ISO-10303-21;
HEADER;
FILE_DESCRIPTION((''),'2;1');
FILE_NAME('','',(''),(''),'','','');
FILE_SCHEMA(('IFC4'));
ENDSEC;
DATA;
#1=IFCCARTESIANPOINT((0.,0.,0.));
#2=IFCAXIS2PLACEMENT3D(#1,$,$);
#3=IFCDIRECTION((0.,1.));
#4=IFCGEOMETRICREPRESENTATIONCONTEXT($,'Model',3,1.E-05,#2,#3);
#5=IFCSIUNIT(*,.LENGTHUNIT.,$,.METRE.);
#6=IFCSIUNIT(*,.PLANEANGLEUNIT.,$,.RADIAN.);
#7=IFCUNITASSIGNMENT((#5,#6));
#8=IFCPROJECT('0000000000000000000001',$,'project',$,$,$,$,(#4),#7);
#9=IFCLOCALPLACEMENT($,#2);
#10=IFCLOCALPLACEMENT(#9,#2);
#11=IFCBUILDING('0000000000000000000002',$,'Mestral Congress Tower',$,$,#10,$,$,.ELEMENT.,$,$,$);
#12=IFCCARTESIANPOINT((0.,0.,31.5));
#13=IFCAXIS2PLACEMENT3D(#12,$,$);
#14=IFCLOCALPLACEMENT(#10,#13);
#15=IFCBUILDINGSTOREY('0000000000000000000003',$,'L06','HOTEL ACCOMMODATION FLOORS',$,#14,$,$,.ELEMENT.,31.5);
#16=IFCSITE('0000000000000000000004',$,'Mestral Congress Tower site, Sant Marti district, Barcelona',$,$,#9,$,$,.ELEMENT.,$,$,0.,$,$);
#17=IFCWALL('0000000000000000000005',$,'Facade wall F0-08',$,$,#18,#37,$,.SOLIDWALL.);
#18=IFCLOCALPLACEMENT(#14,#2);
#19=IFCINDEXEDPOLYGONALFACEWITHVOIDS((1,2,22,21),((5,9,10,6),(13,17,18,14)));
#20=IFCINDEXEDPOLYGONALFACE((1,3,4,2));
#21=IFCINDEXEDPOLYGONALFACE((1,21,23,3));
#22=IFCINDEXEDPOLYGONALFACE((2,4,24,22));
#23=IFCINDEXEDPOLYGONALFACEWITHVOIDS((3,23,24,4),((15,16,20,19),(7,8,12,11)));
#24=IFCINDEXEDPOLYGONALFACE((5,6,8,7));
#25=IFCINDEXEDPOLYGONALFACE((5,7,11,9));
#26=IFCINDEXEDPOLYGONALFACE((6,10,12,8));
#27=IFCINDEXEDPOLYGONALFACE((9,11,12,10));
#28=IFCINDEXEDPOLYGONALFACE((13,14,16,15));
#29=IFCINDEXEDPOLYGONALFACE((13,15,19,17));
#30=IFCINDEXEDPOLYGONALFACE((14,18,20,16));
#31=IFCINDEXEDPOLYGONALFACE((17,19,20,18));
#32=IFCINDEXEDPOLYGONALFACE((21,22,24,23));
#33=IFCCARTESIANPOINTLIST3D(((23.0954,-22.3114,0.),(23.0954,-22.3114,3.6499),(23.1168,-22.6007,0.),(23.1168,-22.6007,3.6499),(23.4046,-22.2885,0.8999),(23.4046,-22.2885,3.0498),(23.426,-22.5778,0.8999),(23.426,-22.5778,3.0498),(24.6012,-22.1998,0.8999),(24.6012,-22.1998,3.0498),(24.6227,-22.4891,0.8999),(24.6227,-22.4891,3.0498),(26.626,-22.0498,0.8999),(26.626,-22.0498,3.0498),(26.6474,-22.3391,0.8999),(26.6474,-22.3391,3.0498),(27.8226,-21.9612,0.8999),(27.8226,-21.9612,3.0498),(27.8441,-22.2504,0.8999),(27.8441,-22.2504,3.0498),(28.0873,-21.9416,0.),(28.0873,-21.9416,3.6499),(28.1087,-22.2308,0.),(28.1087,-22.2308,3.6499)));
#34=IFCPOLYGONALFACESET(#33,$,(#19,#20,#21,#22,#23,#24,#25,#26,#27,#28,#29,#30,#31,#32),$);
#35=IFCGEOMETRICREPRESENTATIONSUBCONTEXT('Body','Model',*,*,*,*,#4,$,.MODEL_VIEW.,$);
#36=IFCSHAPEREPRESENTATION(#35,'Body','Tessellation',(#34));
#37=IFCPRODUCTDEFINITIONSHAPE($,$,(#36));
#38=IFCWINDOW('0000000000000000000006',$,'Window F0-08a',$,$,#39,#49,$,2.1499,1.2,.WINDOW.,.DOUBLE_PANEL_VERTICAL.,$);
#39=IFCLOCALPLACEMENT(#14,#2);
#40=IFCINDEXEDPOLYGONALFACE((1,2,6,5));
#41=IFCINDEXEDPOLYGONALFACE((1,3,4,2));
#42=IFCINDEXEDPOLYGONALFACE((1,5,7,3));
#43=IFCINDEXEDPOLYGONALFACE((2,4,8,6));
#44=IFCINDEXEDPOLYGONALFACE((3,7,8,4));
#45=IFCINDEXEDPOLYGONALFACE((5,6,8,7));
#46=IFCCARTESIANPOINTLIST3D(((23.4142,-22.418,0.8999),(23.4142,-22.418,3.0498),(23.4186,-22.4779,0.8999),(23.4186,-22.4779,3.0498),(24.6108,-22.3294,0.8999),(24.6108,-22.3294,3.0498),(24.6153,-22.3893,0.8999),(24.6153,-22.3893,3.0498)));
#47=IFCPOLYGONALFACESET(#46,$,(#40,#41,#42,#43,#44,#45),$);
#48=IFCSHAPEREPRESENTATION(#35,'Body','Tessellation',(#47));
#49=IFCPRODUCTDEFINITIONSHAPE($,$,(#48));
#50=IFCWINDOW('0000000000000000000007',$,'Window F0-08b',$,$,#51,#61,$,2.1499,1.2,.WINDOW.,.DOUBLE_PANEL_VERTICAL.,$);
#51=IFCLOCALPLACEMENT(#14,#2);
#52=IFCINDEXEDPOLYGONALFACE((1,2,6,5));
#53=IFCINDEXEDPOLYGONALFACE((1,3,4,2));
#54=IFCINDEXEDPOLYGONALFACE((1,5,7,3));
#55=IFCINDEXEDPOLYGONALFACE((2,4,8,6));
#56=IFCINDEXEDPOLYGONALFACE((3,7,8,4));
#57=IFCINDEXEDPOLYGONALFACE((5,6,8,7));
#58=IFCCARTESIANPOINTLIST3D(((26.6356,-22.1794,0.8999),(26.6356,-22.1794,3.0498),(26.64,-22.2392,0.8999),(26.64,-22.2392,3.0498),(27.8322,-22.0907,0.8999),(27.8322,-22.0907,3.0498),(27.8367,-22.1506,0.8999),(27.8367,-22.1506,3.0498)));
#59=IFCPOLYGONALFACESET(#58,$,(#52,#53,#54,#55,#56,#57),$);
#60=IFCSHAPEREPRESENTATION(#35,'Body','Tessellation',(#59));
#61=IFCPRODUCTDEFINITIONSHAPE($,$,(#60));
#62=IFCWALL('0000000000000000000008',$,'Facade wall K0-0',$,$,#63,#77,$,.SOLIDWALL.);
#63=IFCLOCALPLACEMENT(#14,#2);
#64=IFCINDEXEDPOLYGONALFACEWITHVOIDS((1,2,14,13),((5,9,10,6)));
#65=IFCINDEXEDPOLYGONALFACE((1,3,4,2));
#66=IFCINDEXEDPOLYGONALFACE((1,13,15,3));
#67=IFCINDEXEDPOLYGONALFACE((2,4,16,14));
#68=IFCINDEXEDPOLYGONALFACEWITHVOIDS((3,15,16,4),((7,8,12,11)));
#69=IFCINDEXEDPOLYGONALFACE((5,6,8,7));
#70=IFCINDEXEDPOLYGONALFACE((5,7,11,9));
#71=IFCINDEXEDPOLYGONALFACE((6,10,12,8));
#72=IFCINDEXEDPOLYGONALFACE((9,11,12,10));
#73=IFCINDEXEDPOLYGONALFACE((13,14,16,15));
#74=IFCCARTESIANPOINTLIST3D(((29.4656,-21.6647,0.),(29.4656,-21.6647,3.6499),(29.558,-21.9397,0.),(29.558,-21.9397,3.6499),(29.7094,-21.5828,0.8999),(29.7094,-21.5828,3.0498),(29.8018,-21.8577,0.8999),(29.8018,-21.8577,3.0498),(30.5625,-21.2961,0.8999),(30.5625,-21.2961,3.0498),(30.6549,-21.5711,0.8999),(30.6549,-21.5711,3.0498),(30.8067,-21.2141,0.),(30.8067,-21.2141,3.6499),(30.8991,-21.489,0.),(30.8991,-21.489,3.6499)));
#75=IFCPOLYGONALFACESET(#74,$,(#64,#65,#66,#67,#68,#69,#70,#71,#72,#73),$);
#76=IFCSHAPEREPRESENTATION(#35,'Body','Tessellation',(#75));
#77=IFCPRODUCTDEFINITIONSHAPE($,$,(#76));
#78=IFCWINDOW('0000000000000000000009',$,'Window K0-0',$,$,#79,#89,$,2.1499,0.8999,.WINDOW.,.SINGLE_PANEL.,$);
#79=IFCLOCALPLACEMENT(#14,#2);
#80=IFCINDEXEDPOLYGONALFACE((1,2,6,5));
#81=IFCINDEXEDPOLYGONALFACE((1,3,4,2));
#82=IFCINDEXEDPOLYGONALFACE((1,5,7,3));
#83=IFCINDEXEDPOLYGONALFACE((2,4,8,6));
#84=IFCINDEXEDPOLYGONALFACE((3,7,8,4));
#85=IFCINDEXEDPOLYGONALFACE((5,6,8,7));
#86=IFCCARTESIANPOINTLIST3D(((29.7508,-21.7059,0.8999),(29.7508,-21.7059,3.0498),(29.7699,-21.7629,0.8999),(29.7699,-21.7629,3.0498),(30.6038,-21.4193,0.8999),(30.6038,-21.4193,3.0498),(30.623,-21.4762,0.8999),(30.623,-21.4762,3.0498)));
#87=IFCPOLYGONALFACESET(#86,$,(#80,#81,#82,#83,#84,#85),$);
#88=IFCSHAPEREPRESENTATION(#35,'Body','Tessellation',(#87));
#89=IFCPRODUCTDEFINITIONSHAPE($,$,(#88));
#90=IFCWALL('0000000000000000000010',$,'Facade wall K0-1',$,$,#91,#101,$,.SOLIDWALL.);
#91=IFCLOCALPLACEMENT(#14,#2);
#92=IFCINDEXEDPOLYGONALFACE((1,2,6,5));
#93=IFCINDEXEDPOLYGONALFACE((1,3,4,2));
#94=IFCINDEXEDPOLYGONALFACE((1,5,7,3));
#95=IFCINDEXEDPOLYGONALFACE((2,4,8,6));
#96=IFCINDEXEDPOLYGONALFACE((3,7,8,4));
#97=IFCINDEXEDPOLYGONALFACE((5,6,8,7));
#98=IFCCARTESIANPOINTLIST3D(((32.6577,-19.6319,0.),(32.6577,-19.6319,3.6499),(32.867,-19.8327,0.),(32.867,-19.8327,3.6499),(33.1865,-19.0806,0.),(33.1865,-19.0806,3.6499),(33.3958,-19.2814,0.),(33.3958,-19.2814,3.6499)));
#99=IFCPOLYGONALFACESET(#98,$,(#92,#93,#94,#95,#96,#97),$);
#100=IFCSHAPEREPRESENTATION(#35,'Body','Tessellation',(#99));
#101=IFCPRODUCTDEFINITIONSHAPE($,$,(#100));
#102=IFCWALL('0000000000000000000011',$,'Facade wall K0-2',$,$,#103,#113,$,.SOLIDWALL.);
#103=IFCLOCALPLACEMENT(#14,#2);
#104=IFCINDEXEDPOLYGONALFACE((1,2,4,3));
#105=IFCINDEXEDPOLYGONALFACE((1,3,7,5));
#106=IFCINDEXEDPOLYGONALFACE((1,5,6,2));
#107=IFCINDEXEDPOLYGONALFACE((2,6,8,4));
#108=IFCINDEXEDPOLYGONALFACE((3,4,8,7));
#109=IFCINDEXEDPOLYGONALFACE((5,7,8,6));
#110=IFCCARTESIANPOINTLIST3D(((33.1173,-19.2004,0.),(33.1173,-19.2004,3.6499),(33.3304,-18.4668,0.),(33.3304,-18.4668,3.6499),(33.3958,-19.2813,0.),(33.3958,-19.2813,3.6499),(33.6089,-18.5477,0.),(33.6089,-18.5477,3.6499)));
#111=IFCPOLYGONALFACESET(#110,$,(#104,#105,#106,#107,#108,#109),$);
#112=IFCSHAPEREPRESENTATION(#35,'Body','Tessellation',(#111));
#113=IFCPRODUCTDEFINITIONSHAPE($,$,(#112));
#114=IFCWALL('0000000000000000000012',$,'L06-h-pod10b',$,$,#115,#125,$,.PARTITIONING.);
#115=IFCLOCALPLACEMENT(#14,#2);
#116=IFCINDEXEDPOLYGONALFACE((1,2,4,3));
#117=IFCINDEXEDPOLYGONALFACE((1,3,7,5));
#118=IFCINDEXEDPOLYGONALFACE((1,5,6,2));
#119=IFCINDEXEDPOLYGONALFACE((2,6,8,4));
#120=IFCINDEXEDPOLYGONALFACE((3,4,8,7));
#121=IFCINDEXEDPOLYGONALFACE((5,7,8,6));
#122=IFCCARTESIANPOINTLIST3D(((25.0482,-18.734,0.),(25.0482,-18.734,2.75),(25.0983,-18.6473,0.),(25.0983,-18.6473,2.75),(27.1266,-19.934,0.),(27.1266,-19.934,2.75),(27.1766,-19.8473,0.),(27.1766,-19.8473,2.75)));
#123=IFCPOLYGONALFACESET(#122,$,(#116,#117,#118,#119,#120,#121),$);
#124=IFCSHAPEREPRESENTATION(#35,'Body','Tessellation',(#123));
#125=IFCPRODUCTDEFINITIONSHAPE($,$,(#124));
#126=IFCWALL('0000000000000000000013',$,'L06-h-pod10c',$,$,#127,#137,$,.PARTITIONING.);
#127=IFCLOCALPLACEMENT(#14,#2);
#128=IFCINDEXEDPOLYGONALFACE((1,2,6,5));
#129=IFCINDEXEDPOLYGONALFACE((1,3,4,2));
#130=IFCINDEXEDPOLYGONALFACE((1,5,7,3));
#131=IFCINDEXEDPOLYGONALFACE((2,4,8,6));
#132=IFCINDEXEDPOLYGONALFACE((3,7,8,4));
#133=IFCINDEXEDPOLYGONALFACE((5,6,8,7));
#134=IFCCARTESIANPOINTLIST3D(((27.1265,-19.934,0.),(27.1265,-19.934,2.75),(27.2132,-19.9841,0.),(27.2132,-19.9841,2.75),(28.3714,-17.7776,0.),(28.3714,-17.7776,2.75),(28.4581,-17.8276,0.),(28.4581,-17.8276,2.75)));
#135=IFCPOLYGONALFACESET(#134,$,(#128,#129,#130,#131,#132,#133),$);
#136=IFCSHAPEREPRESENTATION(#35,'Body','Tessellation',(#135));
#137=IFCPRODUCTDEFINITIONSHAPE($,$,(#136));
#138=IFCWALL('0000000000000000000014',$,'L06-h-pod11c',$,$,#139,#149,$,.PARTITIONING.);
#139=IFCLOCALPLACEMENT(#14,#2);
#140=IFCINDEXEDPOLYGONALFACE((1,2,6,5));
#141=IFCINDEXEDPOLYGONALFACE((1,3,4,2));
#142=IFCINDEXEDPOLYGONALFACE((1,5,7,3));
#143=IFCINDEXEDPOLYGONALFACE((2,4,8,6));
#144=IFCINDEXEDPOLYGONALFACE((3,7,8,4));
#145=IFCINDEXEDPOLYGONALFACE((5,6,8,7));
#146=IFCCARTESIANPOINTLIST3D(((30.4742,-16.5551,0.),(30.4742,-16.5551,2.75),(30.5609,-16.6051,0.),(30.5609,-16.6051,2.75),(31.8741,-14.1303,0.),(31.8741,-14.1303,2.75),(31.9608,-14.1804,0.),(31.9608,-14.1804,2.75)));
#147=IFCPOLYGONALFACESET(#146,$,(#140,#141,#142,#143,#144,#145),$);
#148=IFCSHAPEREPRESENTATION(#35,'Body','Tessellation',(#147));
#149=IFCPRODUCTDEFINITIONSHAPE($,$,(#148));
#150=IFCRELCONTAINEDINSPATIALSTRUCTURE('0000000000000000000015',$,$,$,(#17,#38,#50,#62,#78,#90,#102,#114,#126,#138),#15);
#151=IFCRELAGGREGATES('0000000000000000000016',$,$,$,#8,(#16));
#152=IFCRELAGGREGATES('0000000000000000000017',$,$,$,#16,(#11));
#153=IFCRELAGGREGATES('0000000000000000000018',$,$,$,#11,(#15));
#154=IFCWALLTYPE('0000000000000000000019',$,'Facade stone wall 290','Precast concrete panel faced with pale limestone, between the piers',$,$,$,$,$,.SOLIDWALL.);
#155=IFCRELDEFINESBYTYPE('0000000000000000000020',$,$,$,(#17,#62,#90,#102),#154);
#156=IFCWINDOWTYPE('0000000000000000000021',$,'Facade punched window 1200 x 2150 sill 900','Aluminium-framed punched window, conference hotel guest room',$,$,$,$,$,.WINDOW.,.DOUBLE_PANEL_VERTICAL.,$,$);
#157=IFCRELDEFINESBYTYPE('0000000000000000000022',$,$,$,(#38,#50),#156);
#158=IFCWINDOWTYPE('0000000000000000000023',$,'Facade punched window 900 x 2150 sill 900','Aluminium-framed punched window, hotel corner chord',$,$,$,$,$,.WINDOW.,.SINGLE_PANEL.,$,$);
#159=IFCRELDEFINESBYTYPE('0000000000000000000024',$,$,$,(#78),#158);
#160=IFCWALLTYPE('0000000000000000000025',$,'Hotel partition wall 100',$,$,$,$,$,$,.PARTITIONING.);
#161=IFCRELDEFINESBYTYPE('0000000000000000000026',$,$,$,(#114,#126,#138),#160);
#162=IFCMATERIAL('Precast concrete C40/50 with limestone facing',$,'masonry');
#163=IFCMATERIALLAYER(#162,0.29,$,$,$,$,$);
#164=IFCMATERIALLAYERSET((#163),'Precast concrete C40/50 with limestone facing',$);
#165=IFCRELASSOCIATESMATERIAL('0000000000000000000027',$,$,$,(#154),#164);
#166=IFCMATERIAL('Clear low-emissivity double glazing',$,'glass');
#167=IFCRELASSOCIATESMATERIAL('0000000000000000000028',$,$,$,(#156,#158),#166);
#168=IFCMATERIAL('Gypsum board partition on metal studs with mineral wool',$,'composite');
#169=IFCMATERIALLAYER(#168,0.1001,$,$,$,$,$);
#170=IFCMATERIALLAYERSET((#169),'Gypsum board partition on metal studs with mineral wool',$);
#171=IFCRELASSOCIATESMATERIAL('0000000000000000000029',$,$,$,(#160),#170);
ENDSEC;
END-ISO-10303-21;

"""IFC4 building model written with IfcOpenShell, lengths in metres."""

from ifc_helpers import new_model, si_unit, direction, frame, frame_2d, origin, place, context, subcontext, project, spatial, rectangle, extrude, material, layer, layer_set, type_object, element, fill, save


model = new_model("IFC4")

# Units and contexts
model_context = context("Model", 3, precision=1e-05, world=origin(), true_north=direction((0.0, 1.0)))
body_context = subcontext(model_context, "Body", "Model", "MODEL_VIEW")
ifc_project = project(units=[si_unit("LENGTHUNIT", "METRE"), si_unit("PLANEANGLEUNIT", "RADIAN")], contexts=[model_context])

# Site, building, storey
site_placement = place(None, origin())
site = spatial("IfcSite", under=ifc_project, at=site_placement, Name="Mestral Congress Tower site, Sant Marti district, Barcelona", CompositionType="ELEMENT", RefElevation=0.0)
building_placement = place(site_placement, origin())
building = spatial("IfcBuilding", under=site, at=building_placement, Name="Mestral Congress Tower", CompositionType="ELEMENT")
storey_placement = place(building_placement, frame((0.0, 0.0, 31.5)))
storey = spatial("IfcBuildingStorey", under=building, at=storey_placement, Name="L06", Description="HOTEL ACCOMMODATION FLOORS", CompositionType="ELEMENT", Elevation=31.5)

# Wall, openings, windows
ifc_material_1 = material(Name="Precast concrete C40/50 with limestone facing", Category="masonry")
ifc_layer_1 = layer(ifc_material_1, 0.29)
ifc_layer_set_1 = layer_set([ifc_layer_1], Name="Precast concrete C40/50 with limestone facing")
wall_type_1 = type_object("IfcWallType", Name="Facade stone wall 290", Description="Precast concrete panel faced with pale limestone, between the piers", PredefinedType="SOLIDWALL", material=ifc_layer_set_1)
ifc_material_2 = material(Name="Clear low-emissivity double glazing", Category="glass")
window_type_1 = type_object("IfcWindowType", Name="Facade punched window 1200 x 2150 sill 900", Description="Aluminium-framed punched window, conference hotel guest room", PartitioningType="DOUBLE_PANEL_VERTICAL", PredefinedType="WINDOW", material=ifc_material_2)
wall_1_placement = place(storey_placement, frame((23.106, -22.4561, 0.0), z_axis=(0.0, 0.0, 1.0), x_axis=(0.997266, 0.073891, 0.0)))
wall_1 = element("IfcWall", 1, at=wall_1_placement, inside=storey, type_object=wall_type_1, Name="Facade wall F0-08", PredefinedType="SOLIDWALL", context=body_context, shape_type="SweptSolid", body=[
    extrude(rectangle(XDim=5.0056, YDim=0.29, at=frame_2d((2.5029, 0.0))), origin(), (0.0, 0.0, 1.0), 3.6499),
])
opening_1_placement = place(wall_1_placement, frame((0.3101, 0.0, 0.8999)))
opening_1 = element("IfcOpeningElement", 2, at=opening_1_placement, cuts=wall_1, PredefinedType="OPENING", context=body_context, shape_type="SweptSolid", body=[
    extrude(rectangle(XDim=1.2, YDim=2.1499, at=frame_2d((0.6001, 1.075))), frame((0.0, 0.155, 0.0), z_axis=(0.0, -1.0, 0.0), x_axis=(1.0, 0.0, 0.0)), (0.0, 0.0, 1.0), 0.3101),
])
opening_2_placement = place(wall_1_placement, frame((3.5403, 0.0, 0.8999)))
opening_2 = element("IfcOpeningElement", 3, at=opening_2_placement, cuts=wall_1, PredefinedType="OPENING", context=body_context, shape_type="SweptSolid", body=[
    extrude(rectangle(XDim=1.2, YDim=2.1499, at=frame_2d((0.6001, 1.075))), frame((0.0, 0.155, 0.0), z_axis=(0.0, -1.0, 0.0), x_axis=(1.0, 0.0, 0.0)), (0.0, 0.0, 1.0), 0.3101),
])
window_1_placement = place(opening_1_placement, origin())
window_1 = element("IfcWindow", 4, at=window_1_placement, inside=storey, type_object=window_type_1, Name="Window F0-08a", OverallHeight=2.1499, OverallWidth=1.2, PartitioningType="DOUBLE_PANEL_VERTICAL", PredefinedType="WINDOW", context=body_context, shape_type="SweptSolid", body=[
    extrude(rectangle(XDim=1.2, YDim=2.1499, at=frame_2d((0.6001, 1.075))), frame((0.0, 0.0151, 0.0), z_axis=(0.0, -1.0, 0.0), x_axis=(1.0, 0.0, 0.0)), (0.0, 0.0, 1.0), 0.0601),
])
fill(opening_1, window_1)
window_2_placement = place(opening_2_placement, origin())
window_2 = element("IfcWindow", 5, at=window_2_placement, inside=storey, type_object=window_type_1, Name="Window F0-08b", OverallHeight=2.1499, OverallWidth=1.2, PartitioningType="DOUBLE_PANEL_VERTICAL", PredefinedType="WINDOW", context=body_context, shape_type="SweptSolid", body=[
    extrude(rectangle(XDim=1.2, YDim=2.1499, at=frame_2d((0.6001, 1.075))), frame((0.0, 0.0151, 0.0), z_axis=(0.0, -1.0, 0.0), x_axis=(1.0, 0.0, 0.0)), (0.0, 0.0, 1.0), 0.0601),
])
fill(opening_2, window_2)

# Wall, opening, window
wall_2_placement = place(storey_placement, frame((29.5117, -21.8022, 0.0), z_axis=(0.0, 0.0, 1.0), x_axis=(0.947904, 0.318556, 0.0)))
wall_2 = element("IfcWall", 6, at=wall_2_placement, inside=storey, type_object=wall_type_1, Name="Facade wall K0-0", PredefinedType="SOLIDWALL", context=body_context, shape_type="SweptSolid", body=[
    extrude(rectangle(XDim=1.4148, YDim=0.29, at=frame_2d((0.7075, 0.0))), origin(), (0.0, 0.0, 1.0), 3.6499),
])
opening_3_placement = place(wall_2_placement, frame((0.2573, 0.0, 0.8999)))
opening_3 = element("IfcOpeningElement", 7, at=opening_3_placement, cuts=wall_2, PredefinedType="OPENING", context=body_context, shape_type="SweptSolid", body=[
    extrude(rectangle(XDim=0.8999, YDim=2.1499, at=frame_2d((0.45, 1.075))), frame((0.0, 0.155, 0.0), z_axis=(0.0, -1.0, 0.0), x_axis=(1.0, 0.0, 0.0)), (0.0, 0.0, 1.0), 0.3101),
])
window_type_2 = type_object("IfcWindowType", Name="Facade punched window 900 x 2150 sill 900", Description="Aluminium-framed punched window, hotel corner chord", PartitioningType="SINGLE_PANEL", PredefinedType="WINDOW", material=ifc_material_2)
window_3_placement = place(opening_3_placement, origin())
window_3 = element("IfcWindow", 8, at=window_3_placement, inside=storey, type_object=window_type_2, Name="Window K0-0", OverallHeight=2.1499, OverallWidth=0.8999, PartitioningType="SINGLE_PANEL", PredefinedType="WINDOW", context=body_context, shape_type="SweptSolid", body=[
    extrude(rectangle(XDim=0.8999, YDim=2.1499, at=frame_2d((0.45, 1.075))), frame((0.0, 0.0151, 0.0), z_axis=(0.0, -1.0, 0.0), x_axis=(1.0, 0.0, 0.0)), (0.0, 0.0, 1.0), 0.0601),
])
fill(opening_3, window_3)

# Walls
for number, where, z_axis, x_axis, name in (
    (9, (32.7625, -19.7322, 0.0), (0.0, 0.0, 1.0), (0.692252, 0.721656, 0.0), "Facade wall K0-1"),
    (10, (33.2566, -19.2407, 0.0), (0.0, 0.0, 1.0), (0.278981, 0.960297, 0.0), "Facade wall K0-2"),
):
    element("IfcWall", number, at=place(storey_placement, frame(where, z_axis=z_axis, x_axis=x_axis)), inside=storey, type_object=wall_type_1, Name=name, PredefinedType="SOLIDWALL", context=body_context, shape_type="SweptSolid", body=[
        extrude(rectangle(XDim=0.7639, YDim=0.29, at=frame_2d((0.3818, 0.0))), origin(), (0.0, 0.0, 1.0), 3.6499),
    ])
ifc_material_3 = material(Name="Gypsum board partition on metal studs with mineral wool", Category="composite")
ifc_layer_2 = layer(ifc_material_3, 0.1001)
ifc_layer_set_2 = layer_set([ifc_layer_2], Name="Gypsum board partition on metal studs with mineral wool")
wall_type_2 = type_object("IfcWallType", Name="Hotel partition wall 100", PredefinedType="PARTITIONING", material=ifc_layer_set_2)
wall_3_placement = place(storey_placement, frame((25.0732, -18.6907, 0.0), z_axis=(0.0, 0.0, 1.0), x_axis=(0.866025, -0.500001, 0.0)))
element("IfcWall", 11, at=wall_3_placement, inside=storey, type_object=wall_type_2, Name="L06-h-pod10b", PredefinedType="PARTITIONING", context=body_context, shape_type="SweptSolid", body=[
    extrude(rectangle(XDim=2.3999, YDim=0.1001, at=frame_2d((1.2, 0.0))), origin(), (0.0, 0.0, 1.0), 2.75),
])
wall_4_placement = place(storey_placement, frame((28.4148, -17.8025, 0.0), z_axis=(0.0, 0.0, 1.0), x_axis=(-0.499946, -0.866057, 0.0)))
element("IfcWall", 12, at=wall_4_placement, inside=storey, type_object=wall_type_2, Name="L06-h-pod10c", PredefinedType="PARTITIONING", context=body_context, shape_type="SweptSolid", body=[
    extrude(rectangle(XDim=2.49, YDim=0.1001, at=frame_2d((1.2451, 0.0))), origin(), (0.0, 0.0, 1.0), 2.75),
])
wall_5_placement = place(storey_placement, frame((30.5176, -16.5801, 0.0), z_axis=(0.0, 0.0, 1.0), x_axis=(0.499984, 0.866035, 0.0)))
element("IfcWall", 13, at=wall_5_placement, inside=storey, type_object=wall_type_2, Name="L06-h-pod11c", PredefinedType="PARTITIONING", context=body_context, shape_type="SweptSolid", body=[
    extrude(rectangle(XDim=2.7998, YDim=0.1001, at=frame_2d((1.3999, 0.0))), origin(), (0.0, 0.0, 1.0), 2.75),
])

save(model, "model.ifc")
